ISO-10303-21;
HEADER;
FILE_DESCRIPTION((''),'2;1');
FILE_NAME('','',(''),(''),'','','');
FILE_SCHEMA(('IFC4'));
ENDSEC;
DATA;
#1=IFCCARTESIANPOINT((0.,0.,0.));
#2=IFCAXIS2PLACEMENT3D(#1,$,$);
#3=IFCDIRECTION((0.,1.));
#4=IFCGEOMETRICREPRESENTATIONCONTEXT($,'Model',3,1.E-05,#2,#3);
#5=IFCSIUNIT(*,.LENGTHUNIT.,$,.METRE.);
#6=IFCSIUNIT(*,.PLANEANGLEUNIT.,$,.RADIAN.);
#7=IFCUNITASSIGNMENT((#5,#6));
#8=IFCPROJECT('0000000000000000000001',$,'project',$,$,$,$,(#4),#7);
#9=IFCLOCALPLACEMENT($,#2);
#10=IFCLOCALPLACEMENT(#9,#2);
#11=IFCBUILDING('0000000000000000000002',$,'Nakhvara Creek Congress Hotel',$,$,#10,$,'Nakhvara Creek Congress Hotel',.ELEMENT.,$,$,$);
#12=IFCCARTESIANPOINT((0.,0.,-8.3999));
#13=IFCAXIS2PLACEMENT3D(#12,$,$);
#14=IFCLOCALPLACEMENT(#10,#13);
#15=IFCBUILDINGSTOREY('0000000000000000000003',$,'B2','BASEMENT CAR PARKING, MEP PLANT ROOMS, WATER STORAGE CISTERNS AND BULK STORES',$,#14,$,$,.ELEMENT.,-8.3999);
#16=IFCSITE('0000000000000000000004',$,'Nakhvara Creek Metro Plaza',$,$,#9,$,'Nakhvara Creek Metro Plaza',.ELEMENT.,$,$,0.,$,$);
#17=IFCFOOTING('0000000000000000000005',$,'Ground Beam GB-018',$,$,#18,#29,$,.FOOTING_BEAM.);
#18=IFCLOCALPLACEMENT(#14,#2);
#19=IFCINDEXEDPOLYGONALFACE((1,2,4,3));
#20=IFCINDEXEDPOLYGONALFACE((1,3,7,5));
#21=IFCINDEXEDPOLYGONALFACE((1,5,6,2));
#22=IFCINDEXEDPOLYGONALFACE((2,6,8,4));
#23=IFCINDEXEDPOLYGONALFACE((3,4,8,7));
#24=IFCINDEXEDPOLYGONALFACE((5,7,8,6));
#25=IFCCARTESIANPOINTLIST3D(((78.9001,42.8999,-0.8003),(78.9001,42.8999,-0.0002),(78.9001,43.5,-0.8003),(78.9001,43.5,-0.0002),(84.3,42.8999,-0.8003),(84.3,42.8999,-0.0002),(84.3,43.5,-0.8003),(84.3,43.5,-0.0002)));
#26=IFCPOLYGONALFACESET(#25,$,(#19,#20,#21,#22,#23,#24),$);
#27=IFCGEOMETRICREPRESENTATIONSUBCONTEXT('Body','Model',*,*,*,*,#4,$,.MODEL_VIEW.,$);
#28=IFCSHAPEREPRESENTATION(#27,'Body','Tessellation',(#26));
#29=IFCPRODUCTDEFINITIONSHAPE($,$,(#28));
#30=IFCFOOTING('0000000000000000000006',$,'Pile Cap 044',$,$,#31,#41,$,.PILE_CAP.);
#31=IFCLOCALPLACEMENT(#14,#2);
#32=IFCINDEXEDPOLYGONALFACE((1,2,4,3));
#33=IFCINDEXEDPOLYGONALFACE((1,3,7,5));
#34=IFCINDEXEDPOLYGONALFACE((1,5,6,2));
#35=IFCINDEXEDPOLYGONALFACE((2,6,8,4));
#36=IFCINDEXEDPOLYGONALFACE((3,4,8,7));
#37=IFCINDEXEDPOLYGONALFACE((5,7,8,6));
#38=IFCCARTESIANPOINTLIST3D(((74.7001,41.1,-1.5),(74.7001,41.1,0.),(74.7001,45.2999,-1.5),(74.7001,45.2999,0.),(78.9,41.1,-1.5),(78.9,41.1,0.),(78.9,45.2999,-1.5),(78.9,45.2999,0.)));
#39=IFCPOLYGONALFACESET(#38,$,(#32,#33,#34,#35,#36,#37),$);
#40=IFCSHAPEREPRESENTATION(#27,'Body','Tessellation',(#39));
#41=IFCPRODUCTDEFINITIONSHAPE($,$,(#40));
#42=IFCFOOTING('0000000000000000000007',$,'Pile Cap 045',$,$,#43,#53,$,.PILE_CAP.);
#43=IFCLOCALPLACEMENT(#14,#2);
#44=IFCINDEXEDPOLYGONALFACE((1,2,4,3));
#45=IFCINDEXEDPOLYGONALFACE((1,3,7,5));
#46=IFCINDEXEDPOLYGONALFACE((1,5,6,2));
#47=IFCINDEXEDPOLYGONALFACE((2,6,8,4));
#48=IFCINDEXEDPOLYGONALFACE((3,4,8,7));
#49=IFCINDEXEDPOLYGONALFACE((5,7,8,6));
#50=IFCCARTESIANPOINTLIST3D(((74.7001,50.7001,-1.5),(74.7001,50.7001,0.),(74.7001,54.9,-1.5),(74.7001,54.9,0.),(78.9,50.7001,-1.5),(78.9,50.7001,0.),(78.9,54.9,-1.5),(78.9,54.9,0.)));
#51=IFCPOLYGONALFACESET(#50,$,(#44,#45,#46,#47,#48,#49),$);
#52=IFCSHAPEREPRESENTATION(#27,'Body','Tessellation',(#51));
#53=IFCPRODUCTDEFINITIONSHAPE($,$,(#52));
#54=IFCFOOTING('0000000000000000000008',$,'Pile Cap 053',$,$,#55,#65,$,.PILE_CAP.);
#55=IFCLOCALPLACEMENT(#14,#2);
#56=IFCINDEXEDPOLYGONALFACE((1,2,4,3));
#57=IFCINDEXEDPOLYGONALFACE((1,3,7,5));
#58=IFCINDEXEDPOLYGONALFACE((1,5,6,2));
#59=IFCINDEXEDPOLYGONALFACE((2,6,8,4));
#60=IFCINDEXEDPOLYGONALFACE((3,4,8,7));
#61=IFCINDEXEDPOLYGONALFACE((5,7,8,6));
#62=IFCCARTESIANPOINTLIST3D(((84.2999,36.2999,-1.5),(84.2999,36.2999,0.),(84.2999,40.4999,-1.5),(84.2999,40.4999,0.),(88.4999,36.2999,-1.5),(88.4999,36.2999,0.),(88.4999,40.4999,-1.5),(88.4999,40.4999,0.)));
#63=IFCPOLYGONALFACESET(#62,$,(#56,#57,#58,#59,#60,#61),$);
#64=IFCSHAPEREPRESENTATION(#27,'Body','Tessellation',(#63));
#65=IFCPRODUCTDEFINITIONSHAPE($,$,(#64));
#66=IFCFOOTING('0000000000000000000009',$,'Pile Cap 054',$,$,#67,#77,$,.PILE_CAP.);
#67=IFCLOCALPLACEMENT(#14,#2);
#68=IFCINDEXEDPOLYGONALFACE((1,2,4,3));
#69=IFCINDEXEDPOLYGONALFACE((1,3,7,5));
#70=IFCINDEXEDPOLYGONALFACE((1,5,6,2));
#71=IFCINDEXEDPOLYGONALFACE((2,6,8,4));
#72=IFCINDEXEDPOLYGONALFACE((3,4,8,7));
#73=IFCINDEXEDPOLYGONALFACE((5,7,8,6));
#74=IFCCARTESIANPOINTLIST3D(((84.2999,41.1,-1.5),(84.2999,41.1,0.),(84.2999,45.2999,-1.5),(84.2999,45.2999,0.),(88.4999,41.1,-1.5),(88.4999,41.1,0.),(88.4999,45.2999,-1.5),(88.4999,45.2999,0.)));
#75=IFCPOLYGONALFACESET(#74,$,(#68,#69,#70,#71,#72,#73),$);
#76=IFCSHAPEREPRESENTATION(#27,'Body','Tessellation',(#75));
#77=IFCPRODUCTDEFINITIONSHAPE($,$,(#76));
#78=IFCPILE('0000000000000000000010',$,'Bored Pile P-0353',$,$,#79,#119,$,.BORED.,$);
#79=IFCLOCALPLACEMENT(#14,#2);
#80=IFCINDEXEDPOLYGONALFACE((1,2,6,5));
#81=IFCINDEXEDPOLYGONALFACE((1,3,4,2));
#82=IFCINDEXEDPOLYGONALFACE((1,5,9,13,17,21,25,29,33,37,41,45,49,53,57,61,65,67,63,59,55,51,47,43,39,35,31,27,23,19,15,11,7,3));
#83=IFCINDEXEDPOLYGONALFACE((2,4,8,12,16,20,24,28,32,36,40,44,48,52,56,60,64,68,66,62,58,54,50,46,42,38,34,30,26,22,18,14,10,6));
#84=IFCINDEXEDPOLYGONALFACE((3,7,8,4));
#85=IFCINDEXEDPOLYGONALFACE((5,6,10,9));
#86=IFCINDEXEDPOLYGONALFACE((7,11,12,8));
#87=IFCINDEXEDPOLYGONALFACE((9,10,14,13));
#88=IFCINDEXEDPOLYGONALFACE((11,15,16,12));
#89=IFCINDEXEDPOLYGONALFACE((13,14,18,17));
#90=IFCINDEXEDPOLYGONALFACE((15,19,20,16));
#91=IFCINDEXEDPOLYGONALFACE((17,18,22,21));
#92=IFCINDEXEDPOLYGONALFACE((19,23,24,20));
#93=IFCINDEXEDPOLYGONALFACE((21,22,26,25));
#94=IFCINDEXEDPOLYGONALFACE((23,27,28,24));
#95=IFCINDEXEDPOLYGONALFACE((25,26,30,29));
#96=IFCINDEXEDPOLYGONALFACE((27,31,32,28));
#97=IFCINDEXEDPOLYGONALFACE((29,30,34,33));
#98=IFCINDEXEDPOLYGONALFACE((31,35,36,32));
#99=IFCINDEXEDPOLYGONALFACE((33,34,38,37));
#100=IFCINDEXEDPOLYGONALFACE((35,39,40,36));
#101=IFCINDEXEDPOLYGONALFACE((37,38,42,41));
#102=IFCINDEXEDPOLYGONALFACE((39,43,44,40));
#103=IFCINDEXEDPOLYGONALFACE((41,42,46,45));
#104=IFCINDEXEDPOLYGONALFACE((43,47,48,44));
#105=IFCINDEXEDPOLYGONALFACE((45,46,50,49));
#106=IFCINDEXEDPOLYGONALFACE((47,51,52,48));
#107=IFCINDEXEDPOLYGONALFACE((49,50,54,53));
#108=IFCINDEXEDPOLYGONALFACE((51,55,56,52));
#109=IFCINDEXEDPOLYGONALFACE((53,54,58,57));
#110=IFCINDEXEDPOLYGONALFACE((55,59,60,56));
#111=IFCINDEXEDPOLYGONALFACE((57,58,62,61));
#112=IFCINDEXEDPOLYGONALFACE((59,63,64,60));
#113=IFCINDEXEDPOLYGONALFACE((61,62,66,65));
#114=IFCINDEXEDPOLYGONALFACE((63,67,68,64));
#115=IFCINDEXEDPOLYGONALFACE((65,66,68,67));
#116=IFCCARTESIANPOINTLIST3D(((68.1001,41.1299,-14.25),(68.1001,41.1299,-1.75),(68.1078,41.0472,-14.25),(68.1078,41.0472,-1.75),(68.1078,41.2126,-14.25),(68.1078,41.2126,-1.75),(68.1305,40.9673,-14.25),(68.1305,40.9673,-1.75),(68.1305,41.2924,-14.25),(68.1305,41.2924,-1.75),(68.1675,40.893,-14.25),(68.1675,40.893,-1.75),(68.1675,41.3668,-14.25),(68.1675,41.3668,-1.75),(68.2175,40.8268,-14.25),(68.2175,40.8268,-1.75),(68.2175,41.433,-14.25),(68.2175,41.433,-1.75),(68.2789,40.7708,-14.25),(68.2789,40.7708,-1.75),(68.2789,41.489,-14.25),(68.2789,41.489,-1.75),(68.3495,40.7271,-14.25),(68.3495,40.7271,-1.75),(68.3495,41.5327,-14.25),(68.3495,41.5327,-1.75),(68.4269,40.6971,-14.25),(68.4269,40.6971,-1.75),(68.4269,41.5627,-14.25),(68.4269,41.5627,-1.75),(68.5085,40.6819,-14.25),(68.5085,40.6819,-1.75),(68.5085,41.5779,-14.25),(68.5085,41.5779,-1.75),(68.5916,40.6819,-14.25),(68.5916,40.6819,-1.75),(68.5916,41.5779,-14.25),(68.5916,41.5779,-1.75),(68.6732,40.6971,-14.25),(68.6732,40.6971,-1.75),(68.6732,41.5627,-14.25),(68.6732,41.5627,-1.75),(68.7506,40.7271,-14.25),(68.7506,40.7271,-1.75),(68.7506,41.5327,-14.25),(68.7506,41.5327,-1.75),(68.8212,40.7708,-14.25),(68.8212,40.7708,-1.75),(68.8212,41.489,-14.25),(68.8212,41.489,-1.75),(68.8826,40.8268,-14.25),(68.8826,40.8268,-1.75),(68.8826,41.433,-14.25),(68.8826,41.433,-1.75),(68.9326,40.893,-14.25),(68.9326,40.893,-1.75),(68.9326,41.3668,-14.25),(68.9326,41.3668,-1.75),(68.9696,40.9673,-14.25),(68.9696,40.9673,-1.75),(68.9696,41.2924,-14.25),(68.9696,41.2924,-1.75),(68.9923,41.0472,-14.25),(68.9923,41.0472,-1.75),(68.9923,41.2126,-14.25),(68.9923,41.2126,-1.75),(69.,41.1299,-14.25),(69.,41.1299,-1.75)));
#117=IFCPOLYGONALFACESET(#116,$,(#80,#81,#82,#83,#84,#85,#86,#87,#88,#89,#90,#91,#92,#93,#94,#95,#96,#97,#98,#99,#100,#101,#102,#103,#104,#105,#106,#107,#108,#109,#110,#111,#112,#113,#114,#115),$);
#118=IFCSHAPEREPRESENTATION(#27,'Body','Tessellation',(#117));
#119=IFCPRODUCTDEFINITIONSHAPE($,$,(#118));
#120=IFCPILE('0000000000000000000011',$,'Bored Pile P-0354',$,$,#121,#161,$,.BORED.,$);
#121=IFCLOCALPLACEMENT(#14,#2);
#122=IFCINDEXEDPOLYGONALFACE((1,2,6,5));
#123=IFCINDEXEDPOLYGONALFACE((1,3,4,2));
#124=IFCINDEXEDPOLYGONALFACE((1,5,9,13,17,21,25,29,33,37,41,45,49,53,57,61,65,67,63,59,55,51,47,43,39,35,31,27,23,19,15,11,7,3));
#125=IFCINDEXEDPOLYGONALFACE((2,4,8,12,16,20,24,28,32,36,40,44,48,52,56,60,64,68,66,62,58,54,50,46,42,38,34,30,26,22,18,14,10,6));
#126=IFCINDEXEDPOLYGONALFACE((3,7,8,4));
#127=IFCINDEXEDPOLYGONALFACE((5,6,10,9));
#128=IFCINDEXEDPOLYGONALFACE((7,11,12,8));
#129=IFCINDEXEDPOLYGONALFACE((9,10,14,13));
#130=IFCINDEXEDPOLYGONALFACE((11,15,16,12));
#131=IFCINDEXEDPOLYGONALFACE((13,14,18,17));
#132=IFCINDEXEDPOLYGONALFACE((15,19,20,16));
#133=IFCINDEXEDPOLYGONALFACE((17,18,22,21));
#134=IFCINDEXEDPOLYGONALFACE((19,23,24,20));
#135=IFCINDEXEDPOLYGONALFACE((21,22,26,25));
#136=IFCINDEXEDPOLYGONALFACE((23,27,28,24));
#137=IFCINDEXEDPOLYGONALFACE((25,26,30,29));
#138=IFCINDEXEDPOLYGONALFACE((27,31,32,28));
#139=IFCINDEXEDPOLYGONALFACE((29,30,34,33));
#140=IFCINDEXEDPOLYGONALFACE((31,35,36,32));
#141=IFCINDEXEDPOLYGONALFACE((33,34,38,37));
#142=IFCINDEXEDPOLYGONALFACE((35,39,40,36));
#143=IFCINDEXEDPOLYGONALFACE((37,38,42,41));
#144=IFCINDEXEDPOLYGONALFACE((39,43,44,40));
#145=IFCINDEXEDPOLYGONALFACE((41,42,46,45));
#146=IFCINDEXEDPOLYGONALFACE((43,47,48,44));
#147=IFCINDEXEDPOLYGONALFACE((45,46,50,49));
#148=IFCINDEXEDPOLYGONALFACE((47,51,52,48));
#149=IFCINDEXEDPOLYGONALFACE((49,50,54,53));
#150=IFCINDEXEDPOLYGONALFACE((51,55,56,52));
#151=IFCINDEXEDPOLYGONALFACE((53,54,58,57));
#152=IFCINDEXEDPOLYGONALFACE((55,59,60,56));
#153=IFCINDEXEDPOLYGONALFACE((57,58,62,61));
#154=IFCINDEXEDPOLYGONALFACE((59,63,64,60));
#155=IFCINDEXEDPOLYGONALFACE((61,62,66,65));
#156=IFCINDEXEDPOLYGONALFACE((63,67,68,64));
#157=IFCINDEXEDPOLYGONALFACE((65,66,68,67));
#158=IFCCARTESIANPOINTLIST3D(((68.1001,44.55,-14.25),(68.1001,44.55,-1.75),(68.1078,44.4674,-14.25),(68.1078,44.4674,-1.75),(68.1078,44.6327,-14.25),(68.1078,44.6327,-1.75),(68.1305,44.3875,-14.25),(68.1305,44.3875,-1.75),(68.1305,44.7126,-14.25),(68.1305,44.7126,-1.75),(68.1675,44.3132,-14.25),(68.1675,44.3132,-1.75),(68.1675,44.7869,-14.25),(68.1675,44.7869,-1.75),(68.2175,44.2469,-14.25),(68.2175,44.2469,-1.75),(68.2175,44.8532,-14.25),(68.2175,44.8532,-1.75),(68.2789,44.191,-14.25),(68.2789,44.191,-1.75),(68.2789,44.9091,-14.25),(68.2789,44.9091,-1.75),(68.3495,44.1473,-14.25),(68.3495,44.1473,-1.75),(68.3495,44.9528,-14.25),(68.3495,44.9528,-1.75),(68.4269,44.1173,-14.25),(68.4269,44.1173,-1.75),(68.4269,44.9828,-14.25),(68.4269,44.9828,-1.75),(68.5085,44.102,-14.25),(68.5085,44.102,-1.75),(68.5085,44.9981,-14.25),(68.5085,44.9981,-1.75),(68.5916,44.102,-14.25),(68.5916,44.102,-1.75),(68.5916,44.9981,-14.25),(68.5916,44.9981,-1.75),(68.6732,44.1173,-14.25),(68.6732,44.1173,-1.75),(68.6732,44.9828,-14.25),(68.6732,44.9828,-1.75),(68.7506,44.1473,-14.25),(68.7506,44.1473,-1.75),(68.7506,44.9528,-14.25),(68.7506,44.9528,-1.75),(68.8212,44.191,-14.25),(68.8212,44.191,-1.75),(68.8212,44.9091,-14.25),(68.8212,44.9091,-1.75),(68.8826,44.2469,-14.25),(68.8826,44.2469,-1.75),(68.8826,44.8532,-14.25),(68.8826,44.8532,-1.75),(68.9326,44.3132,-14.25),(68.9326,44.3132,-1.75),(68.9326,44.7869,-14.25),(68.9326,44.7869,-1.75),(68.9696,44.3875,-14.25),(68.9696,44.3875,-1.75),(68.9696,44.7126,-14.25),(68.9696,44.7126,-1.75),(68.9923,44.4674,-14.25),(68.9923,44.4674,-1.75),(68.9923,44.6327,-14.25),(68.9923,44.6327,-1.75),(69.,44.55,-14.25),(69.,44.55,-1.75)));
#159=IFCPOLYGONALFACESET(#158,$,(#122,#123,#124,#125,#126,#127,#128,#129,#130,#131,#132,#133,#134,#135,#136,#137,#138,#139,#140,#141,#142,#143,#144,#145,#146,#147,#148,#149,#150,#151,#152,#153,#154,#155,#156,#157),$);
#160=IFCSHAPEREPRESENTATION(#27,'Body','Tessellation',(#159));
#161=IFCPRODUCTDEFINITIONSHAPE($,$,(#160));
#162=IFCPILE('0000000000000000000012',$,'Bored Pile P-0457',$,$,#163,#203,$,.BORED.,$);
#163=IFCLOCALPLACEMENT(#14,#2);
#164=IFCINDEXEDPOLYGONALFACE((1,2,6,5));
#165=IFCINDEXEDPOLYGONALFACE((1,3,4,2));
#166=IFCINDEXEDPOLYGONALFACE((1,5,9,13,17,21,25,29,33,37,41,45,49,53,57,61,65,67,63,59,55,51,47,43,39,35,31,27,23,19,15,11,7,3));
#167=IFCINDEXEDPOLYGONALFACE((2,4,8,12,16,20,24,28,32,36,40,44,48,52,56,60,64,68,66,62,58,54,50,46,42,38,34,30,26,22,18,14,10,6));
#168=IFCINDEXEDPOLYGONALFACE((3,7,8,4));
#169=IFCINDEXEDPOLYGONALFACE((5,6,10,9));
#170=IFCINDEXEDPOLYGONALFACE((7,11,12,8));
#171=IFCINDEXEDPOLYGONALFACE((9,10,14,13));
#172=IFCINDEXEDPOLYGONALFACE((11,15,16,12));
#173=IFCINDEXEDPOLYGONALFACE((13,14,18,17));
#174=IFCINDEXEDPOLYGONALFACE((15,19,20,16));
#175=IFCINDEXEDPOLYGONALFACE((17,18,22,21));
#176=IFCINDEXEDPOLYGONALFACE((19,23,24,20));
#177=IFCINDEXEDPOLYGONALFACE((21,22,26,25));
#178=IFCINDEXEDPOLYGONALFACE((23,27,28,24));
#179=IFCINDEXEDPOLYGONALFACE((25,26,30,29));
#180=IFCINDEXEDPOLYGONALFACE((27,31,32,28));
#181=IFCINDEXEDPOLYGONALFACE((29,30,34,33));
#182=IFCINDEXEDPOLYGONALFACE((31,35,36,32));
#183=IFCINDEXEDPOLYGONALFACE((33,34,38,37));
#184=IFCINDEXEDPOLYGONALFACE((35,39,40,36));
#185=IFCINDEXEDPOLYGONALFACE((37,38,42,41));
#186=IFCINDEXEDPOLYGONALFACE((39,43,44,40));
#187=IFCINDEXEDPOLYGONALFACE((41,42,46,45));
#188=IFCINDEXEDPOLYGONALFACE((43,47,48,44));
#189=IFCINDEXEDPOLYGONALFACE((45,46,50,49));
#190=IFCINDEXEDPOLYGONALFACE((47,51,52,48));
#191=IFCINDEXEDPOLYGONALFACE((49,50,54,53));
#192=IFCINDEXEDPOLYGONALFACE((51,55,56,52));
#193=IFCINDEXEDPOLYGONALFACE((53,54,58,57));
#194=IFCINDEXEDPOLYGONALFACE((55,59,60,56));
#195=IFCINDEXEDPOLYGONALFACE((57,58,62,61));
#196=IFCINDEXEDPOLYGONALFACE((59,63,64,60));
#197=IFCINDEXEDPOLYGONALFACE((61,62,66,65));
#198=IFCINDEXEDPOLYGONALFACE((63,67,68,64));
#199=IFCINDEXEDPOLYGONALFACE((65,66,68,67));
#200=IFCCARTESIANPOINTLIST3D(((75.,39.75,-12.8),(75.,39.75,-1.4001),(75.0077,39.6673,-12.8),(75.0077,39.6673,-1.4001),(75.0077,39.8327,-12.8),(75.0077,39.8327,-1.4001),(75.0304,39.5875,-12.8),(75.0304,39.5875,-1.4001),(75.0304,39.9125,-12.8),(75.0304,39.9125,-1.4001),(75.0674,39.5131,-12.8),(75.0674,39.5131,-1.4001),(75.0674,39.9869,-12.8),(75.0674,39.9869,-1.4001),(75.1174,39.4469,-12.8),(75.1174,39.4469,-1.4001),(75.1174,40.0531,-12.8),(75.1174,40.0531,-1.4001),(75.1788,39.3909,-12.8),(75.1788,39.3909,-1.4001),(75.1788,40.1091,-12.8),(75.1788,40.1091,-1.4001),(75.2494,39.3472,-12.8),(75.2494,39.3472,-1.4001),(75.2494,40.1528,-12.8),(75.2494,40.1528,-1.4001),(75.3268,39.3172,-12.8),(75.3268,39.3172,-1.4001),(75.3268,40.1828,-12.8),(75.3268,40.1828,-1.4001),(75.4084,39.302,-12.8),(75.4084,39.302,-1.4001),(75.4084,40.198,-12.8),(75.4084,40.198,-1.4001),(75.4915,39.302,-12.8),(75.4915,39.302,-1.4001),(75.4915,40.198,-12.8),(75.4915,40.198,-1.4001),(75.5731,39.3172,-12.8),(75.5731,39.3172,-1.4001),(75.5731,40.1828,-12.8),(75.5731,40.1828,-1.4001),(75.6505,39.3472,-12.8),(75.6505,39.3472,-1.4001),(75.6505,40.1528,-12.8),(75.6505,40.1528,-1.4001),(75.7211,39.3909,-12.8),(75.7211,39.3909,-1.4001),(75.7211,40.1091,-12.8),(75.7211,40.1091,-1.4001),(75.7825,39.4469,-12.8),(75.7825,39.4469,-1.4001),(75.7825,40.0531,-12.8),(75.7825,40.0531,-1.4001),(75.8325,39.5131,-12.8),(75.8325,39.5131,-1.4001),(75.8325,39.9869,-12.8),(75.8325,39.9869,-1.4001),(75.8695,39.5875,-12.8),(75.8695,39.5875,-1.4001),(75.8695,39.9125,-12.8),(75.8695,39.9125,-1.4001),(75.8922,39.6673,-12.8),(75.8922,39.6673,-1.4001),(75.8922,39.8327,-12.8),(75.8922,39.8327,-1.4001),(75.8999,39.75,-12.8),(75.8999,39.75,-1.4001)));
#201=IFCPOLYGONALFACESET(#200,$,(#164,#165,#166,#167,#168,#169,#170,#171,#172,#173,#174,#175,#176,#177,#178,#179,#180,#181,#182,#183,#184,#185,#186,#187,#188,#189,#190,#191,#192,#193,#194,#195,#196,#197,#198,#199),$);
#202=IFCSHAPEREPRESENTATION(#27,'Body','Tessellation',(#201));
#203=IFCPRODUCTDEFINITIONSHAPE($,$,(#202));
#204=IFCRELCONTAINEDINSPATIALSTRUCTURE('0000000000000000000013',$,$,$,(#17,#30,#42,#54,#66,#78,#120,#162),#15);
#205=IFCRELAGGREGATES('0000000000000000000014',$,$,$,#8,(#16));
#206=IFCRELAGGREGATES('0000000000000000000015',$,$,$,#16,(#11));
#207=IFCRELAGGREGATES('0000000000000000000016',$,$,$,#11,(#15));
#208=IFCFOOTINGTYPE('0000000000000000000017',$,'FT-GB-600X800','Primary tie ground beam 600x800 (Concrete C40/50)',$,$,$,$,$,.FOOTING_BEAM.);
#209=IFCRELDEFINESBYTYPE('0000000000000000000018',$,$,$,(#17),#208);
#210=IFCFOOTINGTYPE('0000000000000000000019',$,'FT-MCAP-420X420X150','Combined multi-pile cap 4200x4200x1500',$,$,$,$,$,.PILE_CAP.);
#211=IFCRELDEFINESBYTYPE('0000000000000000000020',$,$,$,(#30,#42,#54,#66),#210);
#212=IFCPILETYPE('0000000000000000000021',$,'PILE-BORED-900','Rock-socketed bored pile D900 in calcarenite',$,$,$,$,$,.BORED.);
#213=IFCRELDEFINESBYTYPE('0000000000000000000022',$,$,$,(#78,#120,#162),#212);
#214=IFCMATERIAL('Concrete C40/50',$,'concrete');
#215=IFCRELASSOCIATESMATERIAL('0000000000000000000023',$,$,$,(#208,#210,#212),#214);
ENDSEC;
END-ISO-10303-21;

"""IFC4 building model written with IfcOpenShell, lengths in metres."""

from ifc_helpers import new_model, si_unit, direction, frame, origin, origin_2d, place, context, subcontext, project, spatial, rectangle, circle, extrude, material, material_profile, profile_set, type_object, element, save


model = new_model("IFC4")

# Units and contexts
model_context = context("Model", 3, precision=1e-05, world=origin(), true_north=direction((0.0, 1.0)))
body_context = subcontext(model_context, "Body", "Model", "MODEL_VIEW")
ifc_project = project(units=[si_unit("LENGTHUNIT", "METRE"), si_unit("PLANEANGLEUNIT", "RADIAN")], contexts=[model_context])

# Site, building, storey
site_placement = place(None, origin())
site = spatial("IfcSite", under=ifc_project, at=site_placement, Name="Nakhvara Creek Metro Plaza", LongName="Nakhvara Creek Metro Plaza", CompositionType="ELEMENT", RefElevation=0.0)
building_placement = place(site_placement, origin())
building = spatial("IfcBuilding", under=site, at=building_placement, Name="Nakhvara Creek Congress Hotel", LongName="Nakhvara Creek Congress Hotel", CompositionType="ELEMENT")
storey_placement = place(building_placement, frame((0.0, 0.0, -8.3999)))
storey = spatial("IfcBuildingStorey", under=building, at=storey_placement, Name="B2", Description="BASEMENT CAR PARKING, MEP PLANT ROOMS, WATER STORAGE CISTERNS AND BULK STORES", CompositionType="ELEMENT", Elevation=-8.3999)

# Footings
ifc_material_1 = material(Name="Concrete C40/50", Category="concrete")
footing_type_1 = type_object("IfcFootingType", Name="FT-GB-600X800", Description="Primary tie ground beam 600x800 (Concrete C40/50)", PredefinedType="FOOTING_BEAM", material=ifc_material_1)
footing_placement = place(storey_placement, frame((81.6001, 43.2, -0.8003), z_axis=(0.0, 0.0, 1.0), x_axis=(1.0, 0.0, 0.0)))
element("IfcFooting", 1, at=footing_placement, inside=storey, type_object=footing_type_1, Name="Ground Beam GB-018", PredefinedType="FOOTING_BEAM", context=body_context, shape_type="SweptSolid", body=[
    extrude(rectangle(XDim=5.3999, YDim=0.6001, at=origin_2d()), origin(), (0.0, 0.0, 1.0), 0.8),
])
footing_type_2 = type_object("IfcFootingType", Name="FT-MCAP-420X420X150", Description="Combined multi-pile cap 4200x4200x1500", PredefinedType="PILE_CAP", material=ifc_material_1)
for number, where, z_axis, x_axis, name in (
    (2, (76.8, 43.2, -1.5), (0.0, 0.0, 1.0), (1.0, 0.0, 0.0), "Pile Cap 044"),
    (3, (76.8, 52.8, -1.5), (0.0, 0.0, 1.0), (1.0, 0.0, 0.0), "Pile Cap 045"),
    (4, (86.3999, 38.3999, -1.5), (0.0, 0.0, 1.0), (1.0, 0.0, 0.0), "Pile Cap 053"),
    (5, (86.3999, 43.2, -1.5), (0.0, 0.0, 1.0), (1.0, 0.0, 0.0), "Pile Cap 054"),
):
    element("IfcFooting", number, at=place(storey_placement, frame(where, z_axis=z_axis, x_axis=x_axis)), inside=storey, type_object=footing_type_2, Name=name, PredefinedType="PILE_CAP", context=body_context, shape_type="SweptSolid", body=[
        extrude(rectangle(XDim=4.2, YDim=4.2, at=origin_2d()), origin(), (0.0, 0.0, 1.0), 1.5),
    ])

# Piles
ifc_material_profile_1 = material_profile(ifc_material_1, circle(Radius=0.45, at=origin_2d()), Name="BORED PILE D900", Category="LoadBearing")
ifc_profile_set_1 = profile_set([ifc_material_profile_1], Name="Concrete C40/50")
pile_type = type_object("IfcPileType", Name="PILE-BORED-900", Description="Rock-socketed bored pile D900 in calcarenite", PredefinedType="BORED", material=ifc_profile_set_1)
for number, where, z_axis, x_axis, name in (
    (6, (68.55, 41.1299, -1.75), (0.0, 0.0, -1.0), (1.0, 0.0, 0.0), "Bored Pile P-0353"),
    (7, (68.55, 44.55, -1.75), (0.0, 0.0, -1.0), (1.0, 0.0, 0.0), "Bored Pile P-0354"),
):
    element("IfcPile", number, at=place(storey_placement, frame(where, z_axis=z_axis, x_axis=x_axis)), inside=storey, type_object=pile_type, Name=name, PredefinedType="BORED", context=body_context, shape_type="SweptSolid", body=[
        extrude(circle(Radius=0.45, at=origin_2d()), origin(), (0.0, 0.0, 1.0), 12.5),
    ])
for number, where, z_axis, x_axis, name in (
    (8, (75.45, 39.75, -1.4001), (0.0, 0.0, -1.0), (1.0, 0.0, 0.0), "Bored Pile P-0457"),
):
    element("IfcPile", number, at=place(storey_placement, frame(where, z_axis=z_axis, x_axis=x_axis)), inside=storey, type_object=pile_type, Name=name, PredefinedType="BORED", context=body_context, shape_type="SweptSolid", body=[
        extrude(circle(Radius=0.45, at=origin_2d()), origin(), (0.0, 0.0, 1.0), 11.3999),
    ])

save(model, "model.ifc")
